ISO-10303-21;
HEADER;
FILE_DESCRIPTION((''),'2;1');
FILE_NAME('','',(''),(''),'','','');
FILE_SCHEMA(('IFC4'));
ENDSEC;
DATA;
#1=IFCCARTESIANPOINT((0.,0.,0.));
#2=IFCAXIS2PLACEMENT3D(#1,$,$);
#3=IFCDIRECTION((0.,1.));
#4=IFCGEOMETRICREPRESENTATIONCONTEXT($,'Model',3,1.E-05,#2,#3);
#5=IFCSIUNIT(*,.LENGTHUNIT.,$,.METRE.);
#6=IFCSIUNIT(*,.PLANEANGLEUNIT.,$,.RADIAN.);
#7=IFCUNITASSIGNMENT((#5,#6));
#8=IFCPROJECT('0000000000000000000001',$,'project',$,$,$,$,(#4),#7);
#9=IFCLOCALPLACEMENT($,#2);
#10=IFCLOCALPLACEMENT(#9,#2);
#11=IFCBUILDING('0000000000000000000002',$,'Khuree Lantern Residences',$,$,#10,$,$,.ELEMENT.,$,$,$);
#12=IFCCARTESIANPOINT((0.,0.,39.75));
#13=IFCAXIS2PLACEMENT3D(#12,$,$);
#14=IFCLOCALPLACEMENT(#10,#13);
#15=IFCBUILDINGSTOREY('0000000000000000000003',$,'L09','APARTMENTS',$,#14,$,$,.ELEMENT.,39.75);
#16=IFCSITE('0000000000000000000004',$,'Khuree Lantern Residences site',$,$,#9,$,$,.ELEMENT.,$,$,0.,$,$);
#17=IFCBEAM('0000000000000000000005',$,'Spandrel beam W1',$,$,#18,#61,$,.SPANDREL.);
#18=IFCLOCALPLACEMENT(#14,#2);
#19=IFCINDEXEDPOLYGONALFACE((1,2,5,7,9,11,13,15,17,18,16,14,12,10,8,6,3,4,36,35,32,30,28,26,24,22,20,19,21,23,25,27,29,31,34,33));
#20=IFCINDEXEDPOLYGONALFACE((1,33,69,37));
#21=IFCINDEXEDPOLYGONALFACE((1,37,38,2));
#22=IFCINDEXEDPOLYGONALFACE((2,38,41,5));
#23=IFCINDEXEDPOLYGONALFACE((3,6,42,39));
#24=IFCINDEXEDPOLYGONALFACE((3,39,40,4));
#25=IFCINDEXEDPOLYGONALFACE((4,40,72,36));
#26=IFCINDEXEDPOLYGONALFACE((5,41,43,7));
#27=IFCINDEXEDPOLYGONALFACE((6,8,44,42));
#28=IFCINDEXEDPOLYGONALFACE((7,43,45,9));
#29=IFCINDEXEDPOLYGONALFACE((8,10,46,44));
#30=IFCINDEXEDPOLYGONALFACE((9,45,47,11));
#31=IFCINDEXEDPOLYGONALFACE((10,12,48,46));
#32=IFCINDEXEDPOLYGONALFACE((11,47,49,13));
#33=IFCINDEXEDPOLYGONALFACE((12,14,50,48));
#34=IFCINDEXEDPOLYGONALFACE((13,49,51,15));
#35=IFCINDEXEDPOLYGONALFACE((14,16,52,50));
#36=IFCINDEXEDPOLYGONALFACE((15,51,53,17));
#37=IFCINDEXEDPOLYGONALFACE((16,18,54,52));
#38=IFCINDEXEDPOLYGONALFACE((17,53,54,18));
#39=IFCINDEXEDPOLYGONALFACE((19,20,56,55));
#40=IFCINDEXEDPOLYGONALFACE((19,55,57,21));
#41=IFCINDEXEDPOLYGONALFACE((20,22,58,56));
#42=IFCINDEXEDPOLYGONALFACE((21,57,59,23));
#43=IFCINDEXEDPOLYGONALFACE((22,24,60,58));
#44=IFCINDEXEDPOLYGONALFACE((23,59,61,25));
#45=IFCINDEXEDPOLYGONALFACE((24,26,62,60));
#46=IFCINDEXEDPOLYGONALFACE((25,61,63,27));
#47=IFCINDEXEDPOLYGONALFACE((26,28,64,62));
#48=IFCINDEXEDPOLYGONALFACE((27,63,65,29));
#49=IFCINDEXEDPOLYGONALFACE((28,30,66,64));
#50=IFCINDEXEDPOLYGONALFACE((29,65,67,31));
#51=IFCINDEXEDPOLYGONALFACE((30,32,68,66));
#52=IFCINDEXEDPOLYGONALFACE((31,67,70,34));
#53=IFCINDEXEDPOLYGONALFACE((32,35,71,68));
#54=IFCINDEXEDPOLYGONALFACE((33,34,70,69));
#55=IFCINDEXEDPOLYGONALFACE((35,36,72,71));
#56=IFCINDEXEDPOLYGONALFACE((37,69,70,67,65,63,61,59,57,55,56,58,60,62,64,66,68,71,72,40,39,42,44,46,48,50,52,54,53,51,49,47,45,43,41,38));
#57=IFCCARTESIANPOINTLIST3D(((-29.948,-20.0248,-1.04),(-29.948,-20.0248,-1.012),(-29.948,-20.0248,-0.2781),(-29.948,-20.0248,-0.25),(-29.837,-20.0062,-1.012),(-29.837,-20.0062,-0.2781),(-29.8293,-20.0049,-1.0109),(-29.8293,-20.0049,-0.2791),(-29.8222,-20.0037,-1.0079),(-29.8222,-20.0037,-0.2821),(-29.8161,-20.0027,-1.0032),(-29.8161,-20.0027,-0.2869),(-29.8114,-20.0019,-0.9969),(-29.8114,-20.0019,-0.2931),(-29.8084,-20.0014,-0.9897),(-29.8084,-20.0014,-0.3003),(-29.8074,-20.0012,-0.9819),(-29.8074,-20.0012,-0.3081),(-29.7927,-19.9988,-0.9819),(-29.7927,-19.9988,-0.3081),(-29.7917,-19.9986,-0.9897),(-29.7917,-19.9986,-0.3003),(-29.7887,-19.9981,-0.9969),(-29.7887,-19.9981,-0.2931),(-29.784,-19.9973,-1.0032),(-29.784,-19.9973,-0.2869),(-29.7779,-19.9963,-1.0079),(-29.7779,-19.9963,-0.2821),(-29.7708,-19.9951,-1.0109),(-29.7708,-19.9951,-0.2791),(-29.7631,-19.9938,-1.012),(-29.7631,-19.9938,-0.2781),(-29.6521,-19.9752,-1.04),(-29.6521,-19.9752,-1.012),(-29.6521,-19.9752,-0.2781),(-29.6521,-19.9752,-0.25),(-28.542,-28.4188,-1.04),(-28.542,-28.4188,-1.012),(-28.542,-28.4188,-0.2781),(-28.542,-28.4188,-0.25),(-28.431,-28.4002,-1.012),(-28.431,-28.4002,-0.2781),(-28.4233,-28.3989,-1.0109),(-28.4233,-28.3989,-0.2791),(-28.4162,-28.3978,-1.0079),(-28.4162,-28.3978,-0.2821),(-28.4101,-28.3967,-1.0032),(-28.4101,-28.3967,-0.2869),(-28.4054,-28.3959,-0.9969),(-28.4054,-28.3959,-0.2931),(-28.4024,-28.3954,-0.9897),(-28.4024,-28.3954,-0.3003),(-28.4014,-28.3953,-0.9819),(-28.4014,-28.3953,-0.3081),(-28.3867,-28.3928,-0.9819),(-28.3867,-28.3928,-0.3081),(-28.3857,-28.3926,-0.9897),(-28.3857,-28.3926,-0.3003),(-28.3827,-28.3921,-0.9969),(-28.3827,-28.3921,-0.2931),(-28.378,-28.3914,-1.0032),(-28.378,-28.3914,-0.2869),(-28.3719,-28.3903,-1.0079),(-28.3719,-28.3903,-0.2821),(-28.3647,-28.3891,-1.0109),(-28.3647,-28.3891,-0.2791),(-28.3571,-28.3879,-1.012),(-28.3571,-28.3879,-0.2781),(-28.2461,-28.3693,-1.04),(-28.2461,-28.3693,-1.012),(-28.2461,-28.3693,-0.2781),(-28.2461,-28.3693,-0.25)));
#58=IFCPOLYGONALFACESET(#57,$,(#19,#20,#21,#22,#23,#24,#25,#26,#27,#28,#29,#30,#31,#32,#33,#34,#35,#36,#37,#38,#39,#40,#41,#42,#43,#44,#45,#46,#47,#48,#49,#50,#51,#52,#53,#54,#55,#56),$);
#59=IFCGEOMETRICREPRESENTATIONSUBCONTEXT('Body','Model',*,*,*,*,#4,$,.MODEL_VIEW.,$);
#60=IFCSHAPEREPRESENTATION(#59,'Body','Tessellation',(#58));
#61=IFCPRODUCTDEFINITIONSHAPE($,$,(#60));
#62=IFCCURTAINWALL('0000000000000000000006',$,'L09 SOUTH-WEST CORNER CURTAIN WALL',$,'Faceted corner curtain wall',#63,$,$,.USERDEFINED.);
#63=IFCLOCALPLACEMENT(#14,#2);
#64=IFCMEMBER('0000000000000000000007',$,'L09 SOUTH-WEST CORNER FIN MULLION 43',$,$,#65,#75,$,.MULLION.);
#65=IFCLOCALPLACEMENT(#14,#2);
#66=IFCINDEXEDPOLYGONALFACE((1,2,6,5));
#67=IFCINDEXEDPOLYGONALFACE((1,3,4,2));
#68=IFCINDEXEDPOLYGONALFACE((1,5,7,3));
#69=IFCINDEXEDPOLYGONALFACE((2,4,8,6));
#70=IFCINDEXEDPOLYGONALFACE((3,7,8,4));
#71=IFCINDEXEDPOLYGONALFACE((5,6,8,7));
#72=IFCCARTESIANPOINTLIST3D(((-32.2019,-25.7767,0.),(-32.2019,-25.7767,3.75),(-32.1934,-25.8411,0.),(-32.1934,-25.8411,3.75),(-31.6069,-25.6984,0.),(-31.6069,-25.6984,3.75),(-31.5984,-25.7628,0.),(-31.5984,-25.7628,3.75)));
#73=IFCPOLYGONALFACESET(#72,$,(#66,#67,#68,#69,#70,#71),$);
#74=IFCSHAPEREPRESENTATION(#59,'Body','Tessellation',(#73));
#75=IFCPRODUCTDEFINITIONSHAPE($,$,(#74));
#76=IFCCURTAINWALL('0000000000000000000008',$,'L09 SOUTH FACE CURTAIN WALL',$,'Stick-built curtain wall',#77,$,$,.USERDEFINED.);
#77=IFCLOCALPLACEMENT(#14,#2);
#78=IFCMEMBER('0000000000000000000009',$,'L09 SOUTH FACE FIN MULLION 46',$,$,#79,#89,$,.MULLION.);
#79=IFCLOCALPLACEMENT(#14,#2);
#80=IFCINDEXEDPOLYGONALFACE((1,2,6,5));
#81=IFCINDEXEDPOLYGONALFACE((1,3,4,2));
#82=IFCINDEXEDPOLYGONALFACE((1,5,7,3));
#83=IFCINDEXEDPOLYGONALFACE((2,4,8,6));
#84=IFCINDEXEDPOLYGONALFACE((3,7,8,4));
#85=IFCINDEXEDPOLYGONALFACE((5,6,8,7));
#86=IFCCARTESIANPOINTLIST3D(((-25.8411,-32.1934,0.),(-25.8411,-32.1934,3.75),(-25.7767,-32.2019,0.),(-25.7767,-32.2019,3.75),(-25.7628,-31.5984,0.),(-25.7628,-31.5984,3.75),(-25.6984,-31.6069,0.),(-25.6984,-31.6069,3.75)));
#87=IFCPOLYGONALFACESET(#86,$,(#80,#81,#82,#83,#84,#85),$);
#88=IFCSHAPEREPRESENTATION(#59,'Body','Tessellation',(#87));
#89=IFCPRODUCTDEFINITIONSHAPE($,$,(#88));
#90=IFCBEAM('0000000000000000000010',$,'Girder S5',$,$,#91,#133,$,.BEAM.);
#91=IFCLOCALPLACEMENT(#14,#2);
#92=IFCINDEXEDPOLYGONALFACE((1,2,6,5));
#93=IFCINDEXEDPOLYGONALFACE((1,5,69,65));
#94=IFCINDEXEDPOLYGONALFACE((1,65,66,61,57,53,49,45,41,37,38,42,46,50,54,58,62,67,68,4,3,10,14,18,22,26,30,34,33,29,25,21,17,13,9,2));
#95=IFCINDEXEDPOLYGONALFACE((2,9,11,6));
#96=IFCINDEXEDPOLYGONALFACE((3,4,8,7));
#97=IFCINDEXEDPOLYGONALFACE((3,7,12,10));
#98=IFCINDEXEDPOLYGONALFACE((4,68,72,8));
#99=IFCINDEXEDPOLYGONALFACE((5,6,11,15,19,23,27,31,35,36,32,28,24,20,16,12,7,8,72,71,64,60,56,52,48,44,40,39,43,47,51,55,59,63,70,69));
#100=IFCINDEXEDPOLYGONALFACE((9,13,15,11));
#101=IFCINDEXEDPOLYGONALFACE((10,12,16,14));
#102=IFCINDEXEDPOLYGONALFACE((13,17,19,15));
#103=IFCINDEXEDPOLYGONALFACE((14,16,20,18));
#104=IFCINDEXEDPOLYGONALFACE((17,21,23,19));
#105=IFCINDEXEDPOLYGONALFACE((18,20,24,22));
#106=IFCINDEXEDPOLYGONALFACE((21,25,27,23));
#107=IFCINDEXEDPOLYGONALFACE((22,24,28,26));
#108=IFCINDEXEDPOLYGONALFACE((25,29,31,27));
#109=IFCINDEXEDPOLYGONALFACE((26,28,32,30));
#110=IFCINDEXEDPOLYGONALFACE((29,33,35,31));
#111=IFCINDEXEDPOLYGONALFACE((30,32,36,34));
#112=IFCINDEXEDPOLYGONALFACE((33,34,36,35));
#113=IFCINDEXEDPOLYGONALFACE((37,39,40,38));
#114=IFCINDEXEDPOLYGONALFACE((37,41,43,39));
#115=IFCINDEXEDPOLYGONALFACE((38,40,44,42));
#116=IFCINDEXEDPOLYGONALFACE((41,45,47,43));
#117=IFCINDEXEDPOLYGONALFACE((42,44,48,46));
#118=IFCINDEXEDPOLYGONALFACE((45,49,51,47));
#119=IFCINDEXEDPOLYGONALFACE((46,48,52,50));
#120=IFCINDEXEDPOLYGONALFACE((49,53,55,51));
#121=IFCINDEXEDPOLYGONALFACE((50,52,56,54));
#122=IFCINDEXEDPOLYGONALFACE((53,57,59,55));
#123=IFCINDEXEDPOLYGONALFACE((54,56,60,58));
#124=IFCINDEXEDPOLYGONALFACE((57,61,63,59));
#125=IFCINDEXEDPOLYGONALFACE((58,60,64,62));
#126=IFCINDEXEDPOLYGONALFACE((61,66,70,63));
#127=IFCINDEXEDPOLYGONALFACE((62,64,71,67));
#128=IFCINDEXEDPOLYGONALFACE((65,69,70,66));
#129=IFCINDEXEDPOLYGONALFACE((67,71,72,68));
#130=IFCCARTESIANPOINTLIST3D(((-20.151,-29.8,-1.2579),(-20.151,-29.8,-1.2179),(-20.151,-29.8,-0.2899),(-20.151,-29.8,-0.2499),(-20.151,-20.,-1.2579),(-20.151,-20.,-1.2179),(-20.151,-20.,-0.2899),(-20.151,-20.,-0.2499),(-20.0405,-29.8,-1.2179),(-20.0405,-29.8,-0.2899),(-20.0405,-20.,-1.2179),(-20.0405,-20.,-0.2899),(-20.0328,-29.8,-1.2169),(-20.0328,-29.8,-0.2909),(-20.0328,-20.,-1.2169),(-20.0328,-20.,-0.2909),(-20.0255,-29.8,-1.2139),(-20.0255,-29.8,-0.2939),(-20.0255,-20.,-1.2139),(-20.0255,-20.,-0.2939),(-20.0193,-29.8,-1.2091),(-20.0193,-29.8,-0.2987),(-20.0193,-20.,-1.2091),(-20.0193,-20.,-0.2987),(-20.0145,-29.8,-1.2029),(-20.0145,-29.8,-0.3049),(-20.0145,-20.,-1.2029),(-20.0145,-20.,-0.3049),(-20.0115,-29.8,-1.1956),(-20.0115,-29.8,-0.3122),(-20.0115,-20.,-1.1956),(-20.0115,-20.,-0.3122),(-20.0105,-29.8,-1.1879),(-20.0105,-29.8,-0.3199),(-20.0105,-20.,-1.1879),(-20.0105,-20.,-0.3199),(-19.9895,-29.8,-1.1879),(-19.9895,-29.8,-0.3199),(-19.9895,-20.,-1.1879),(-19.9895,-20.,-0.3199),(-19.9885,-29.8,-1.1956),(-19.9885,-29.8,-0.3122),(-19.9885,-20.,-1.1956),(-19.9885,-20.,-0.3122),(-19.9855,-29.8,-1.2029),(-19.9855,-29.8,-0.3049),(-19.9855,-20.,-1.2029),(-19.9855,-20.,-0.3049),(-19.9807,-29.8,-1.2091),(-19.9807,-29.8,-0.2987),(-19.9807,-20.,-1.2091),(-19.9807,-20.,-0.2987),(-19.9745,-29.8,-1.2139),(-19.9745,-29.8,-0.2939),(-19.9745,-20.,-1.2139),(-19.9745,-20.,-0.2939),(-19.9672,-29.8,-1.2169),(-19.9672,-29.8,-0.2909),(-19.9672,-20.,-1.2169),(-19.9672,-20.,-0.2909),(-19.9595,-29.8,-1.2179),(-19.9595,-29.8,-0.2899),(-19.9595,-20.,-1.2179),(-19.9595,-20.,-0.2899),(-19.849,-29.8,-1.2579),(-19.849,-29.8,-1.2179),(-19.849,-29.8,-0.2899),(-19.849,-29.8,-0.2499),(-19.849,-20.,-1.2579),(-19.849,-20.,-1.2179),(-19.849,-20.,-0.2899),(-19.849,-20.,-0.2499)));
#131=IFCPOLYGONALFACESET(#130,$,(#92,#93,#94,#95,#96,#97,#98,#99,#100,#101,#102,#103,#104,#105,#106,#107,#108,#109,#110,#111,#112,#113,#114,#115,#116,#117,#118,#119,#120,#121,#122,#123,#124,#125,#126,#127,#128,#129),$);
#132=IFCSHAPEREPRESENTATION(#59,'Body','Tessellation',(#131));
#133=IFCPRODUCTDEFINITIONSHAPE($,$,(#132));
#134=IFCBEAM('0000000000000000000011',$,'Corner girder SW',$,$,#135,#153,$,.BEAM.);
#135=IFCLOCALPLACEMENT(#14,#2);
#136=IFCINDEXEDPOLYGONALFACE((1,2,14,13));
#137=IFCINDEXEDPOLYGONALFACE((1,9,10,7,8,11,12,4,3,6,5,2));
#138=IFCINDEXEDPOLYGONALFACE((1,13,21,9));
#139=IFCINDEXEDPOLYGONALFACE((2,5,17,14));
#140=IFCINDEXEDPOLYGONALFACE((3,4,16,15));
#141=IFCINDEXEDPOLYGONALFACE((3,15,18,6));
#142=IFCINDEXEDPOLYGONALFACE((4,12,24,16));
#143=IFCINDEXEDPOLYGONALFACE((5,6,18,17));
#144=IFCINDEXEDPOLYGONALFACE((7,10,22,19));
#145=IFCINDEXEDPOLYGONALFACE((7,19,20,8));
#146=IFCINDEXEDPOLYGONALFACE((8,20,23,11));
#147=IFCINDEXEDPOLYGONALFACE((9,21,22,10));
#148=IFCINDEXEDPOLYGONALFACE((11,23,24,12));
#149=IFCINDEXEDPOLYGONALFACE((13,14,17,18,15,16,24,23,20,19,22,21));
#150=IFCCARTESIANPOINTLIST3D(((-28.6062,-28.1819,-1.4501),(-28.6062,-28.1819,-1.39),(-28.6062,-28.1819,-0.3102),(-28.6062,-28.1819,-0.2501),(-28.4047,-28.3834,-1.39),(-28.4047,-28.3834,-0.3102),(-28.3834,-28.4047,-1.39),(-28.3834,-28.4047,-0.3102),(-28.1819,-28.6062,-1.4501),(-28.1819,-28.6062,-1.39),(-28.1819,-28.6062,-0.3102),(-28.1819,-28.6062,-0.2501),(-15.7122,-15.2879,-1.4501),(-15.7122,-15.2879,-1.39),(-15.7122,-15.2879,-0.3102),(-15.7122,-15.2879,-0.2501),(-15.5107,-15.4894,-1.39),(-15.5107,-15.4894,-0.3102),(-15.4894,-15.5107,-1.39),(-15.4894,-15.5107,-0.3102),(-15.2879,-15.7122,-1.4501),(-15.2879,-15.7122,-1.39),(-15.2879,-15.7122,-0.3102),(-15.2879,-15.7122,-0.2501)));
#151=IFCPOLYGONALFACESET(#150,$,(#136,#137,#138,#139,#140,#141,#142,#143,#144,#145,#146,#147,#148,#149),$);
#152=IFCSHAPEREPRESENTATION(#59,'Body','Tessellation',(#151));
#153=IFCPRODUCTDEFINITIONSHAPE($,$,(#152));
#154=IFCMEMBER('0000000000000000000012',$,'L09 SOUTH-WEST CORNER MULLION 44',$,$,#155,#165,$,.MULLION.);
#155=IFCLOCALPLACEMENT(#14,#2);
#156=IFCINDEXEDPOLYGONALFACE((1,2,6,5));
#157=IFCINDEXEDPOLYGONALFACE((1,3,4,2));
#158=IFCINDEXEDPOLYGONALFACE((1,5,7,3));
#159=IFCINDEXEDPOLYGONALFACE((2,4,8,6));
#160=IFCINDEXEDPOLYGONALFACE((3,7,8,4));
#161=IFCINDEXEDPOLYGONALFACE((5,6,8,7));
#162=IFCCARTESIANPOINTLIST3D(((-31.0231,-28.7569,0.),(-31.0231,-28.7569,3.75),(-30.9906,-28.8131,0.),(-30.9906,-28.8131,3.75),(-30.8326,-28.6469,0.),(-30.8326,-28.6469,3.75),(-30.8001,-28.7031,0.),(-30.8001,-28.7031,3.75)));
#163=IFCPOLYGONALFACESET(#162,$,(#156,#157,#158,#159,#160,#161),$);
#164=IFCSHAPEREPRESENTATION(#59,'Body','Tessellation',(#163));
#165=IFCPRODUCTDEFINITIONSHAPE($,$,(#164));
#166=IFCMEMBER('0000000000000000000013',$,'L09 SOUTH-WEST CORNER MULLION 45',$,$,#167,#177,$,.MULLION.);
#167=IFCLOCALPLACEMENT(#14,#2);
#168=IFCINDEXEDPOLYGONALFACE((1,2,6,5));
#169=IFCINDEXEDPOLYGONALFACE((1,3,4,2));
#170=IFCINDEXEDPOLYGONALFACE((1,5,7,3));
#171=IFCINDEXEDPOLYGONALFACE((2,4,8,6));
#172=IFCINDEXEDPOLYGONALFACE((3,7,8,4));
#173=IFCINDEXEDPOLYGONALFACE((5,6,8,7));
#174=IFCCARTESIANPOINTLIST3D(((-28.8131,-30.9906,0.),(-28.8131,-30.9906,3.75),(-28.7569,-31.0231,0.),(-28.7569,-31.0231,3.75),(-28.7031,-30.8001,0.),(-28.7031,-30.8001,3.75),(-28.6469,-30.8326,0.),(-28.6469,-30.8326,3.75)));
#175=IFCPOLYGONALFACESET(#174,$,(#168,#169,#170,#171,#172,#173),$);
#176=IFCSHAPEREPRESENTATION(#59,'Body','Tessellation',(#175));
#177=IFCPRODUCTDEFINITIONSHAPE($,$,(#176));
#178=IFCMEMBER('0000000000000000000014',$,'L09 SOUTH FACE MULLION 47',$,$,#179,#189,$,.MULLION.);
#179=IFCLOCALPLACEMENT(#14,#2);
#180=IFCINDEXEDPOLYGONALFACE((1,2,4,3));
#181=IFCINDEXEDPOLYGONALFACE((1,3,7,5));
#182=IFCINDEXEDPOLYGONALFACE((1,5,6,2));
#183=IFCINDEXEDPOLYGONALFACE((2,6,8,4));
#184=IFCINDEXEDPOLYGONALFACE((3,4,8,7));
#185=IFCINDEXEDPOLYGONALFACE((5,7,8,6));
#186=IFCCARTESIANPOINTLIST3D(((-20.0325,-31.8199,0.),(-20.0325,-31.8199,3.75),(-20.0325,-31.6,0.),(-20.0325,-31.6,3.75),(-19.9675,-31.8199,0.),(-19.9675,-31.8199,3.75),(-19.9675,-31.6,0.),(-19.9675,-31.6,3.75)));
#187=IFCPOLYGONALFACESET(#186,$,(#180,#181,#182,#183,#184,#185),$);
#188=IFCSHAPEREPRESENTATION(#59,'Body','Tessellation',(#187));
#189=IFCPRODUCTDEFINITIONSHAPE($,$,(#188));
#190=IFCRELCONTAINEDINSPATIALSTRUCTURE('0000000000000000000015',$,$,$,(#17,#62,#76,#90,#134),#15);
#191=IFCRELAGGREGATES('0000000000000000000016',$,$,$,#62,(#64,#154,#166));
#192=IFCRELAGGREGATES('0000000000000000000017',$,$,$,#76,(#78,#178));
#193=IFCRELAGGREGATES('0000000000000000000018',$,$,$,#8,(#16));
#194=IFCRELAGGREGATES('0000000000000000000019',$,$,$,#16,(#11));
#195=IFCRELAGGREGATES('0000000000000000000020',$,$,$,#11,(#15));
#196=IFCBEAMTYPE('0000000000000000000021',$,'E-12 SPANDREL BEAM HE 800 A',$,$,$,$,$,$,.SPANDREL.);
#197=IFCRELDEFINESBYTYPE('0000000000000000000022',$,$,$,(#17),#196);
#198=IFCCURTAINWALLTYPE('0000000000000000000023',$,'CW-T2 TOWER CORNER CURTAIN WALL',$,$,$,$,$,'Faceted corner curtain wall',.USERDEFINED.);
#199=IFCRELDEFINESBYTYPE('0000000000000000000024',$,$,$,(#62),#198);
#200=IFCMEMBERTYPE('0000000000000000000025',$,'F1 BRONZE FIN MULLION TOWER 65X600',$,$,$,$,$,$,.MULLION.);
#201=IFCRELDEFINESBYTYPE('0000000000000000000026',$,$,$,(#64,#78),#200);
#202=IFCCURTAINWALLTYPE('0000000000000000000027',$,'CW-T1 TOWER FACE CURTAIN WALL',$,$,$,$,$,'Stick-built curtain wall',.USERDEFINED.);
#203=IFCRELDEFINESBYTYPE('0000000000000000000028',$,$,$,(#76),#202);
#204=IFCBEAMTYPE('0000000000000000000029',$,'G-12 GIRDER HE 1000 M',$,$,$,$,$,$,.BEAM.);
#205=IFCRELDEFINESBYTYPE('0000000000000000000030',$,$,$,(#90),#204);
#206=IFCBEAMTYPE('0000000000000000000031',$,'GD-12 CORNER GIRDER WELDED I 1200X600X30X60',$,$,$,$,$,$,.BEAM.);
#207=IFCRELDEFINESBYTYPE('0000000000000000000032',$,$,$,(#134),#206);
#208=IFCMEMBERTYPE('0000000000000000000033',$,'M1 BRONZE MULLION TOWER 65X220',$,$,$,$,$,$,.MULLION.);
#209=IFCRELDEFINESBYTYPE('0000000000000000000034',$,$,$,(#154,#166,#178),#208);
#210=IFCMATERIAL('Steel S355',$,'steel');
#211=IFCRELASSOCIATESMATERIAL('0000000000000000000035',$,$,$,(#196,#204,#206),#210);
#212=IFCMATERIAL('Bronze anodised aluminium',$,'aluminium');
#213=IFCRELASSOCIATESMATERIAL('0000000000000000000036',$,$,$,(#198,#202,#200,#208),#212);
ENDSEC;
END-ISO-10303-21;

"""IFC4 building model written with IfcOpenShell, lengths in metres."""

from ifc_helpers import new_model, si_unit, direction, frame, origin, origin_2d, place, context, subcontext, project, spatial, rectangle, i_section, extrude, material, material_profile, profile_set, type_object, element, aggregate, save


model = new_model("IFC4")

# Units and contexts
model_context = context("Model", 3, precision=1e-05, world=origin(), true_north=direction((0.0, 1.0)))
body_context = subcontext(model_context, "Body", "Model", "MODEL_VIEW")
ifc_project = project(units=[si_unit("LENGTHUNIT", "METRE"), si_unit("PLANEANGLEUNIT", "RADIAN")], contexts=[model_context])

# Site, building, storey
site_placement = place(None, origin())
site = spatial("IfcSite", under=ifc_project, at=site_placement, Name="Khuree Lantern Residences site", CompositionType="ELEMENT", RefElevation=0.0)
building_placement = place(site_placement, origin())
building = spatial("IfcBuilding", under=site, at=building_placement, Name="Khuree Lantern Residences", CompositionType="ELEMENT")
storey_placement = place(building_placement, frame((0.0, 0.0, 39.75)))
storey = spatial("IfcBuildingStorey", under=building, at=storey_placement, Name="L09", Description="APARTMENTS", CompositionType="ELEMENT", Elevation=39.75)

# Beam
ifc_material_1 = material(Name="Steel S355", Category="steel")
ifc_material_profile_1 = material_profile(ifc_material_1, i_section(OverallWidth=0.3, OverallDepth=0.79, WebThickness=0.0149, FlangeThickness=0.0281, FilletRadius=0.03, at=origin_2d()), Name="HE 800 A")
ifc_profile_set_1 = profile_set([ifc_material_profile_1], Name="Steel S355")
beam_type_1 = type_object("IfcBeamType", Name="E-12 SPANDREL BEAM HE 800 A", PredefinedType="SPANDREL", material=ifc_profile_set_1)
for number, where, z_axis, x_axis, name in (
    (1, (-28.394, -28.394, -0.645), (-0.165199, 0.98626, 0.0), (-0.98626, -0.165199, 0.0), "Spandrel beam W1"),
):
    element("IfcBeam", number, at=place(storey_placement, frame(where, z_axis=z_axis, x_axis=x_axis)), inside=storey, type_object=beam_type_1, Name=name, PredefinedType="SPANDREL", context=body_context, shape_type="SweptSolid", body=[
        extrude(i_section(OverallWidth=0.3, OverallDepth=0.79, WebThickness=0.0149, FlangeThickness=0.0281, FilletRadius=0.03, at=origin_2d()), origin(), (0.0, 0.0, 1.0), 8.511),
    ])

# Curtain walls, members
ifc_material_2 = material(Name="Bronze anodised aluminium", Category="aluminium")
curtain_wall_type_1 = type_object("IfcCurtainWallType", Name="CW-T2 TOWER CORNER CURTAIN WALL", ElementType="Faceted corner curtain wall", PredefinedType="USERDEFINED", material=ifc_material_2)
curtain_wall_1_placement = place(storey_placement, origin())
curtain_wall_1 = element("IfcCurtainWall", 2, at=curtain_wall_1_placement, inside=storey, type_object=curtain_wall_type_1, Name="L09 SOUTH-WEST CORNER CURTAIN WALL", ObjectType="Faceted corner curtain wall", PredefinedType="USERDEFINED")
ifc_material_profile_2 = material_profile(ifc_material_2, rectangle(XDim=0.0649, YDim=0.6001, at=origin_2d()), Name="F1 65X600")
ifc_profile_set_2 = profile_set([ifc_material_profile_2], Name="Bronze anodised aluminium")
member_type_1 = type_object("IfcMemberType", Name="F1 BRONZE FIN MULLION TOWER 65X600", PredefinedType="MULLION", material=ifc_profile_set_2)
member_1_placement = place(storey_placement, frame((-31.9001, -25.7698, 0.0), z_axis=(0.0, 0.0, 1.0), x_axis=(0.130526, -0.991445, 0.0)))
member_1 = element("IfcMember", 3, at=member_1_placement, type_object=member_type_1, Name="L09 SOUTH-WEST CORNER FIN MULLION 43", PredefinedType="MULLION", context=body_context, shape_type="SweptSolid", body=[
    extrude(rectangle(XDim=0.0649, YDim=0.6001, at=origin_2d()), origin(), (0.0, 0.0, 1.0), 3.75),
])
curtain_wall_type_2 = type_object("IfcCurtainWallType", Name="CW-T1 TOWER FACE CURTAIN WALL", ElementType="Stick-built curtain wall", PredefinedType="USERDEFINED", material=ifc_material_2)
curtain_wall_2_placement = place(storey_placement, origin())
curtain_wall_2 = element("IfcCurtainWall", 4, at=curtain_wall_2_placement, inside=storey, type_object=curtain_wall_type_2, Name="L09 SOUTH FACE CURTAIN WALL", ObjectType="Stick-built curtain wall", PredefinedType="USERDEFINED")
member_2_placement = place(storey_placement, frame((-25.7698, -31.9001, 0.0), z_axis=(0.0, 0.0, 1.0), x_axis=(0.991445, -0.130526, 0.0)))
member_2 = element("IfcMember", 5, at=member_2_placement, type_object=member_type_1, Name="L09 SOUTH FACE FIN MULLION 46", PredefinedType="MULLION", context=body_context, shape_type="SweptSolid", body=[
    extrude(rectangle(XDim=0.0649, YDim=0.6001, at=origin_2d()), origin(), (0.0, 0.0, 1.0), 3.75),
])

# Beams
ifc_material_profile_3 = material_profile(ifc_material_1, i_section(OverallWidth=0.302, OverallDepth=1.0081, WebThickness=0.021, FlangeThickness=0.04, FilletRadius=0.03, at=origin_2d()), Name="HE 1000 M")
ifc_profile_set_3 = profile_set([ifc_material_profile_3], Name="Steel S355")
beam_type_2 = type_object("IfcBeamType", Name="G-12 GIRDER HE 1000 M", PredefinedType="BEAM", material=ifc_profile_set_3)
beam_1_placement = place(storey_placement, frame((-20.0, -29.8, -0.7539), z_axis=(0.0, 1.0, 0.0), x_axis=(-1.0, 0.0, 0.0)))
element("IfcBeam", 6, at=beam_1_placement, inside=storey, type_object=beam_type_2, Name="Girder S5", PredefinedType="BEAM", context=body_context, shape_type="SweptSolid", body=[
    extrude(i_section(OverallWidth=0.302, OverallDepth=1.0081, WebThickness=0.021, FlangeThickness=0.04, FilletRadius=0.03, at=origin_2d()), origin(), (0.0, 0.0, 1.0), 9.8),
])
ifc_material_profile_4 = material_profile(ifc_material_1, i_section(OverallWidth=0.6001, OverallDepth=1.2, WebThickness=0.03, FlangeThickness=0.0601, at=origin_2d()), Name="WELDED I 1200X600X30X60")
ifc_profile_set_4 = profile_set([ifc_material_profile_4], Name="Steel S355")
beam_type_3 = type_object("IfcBeamType", Name="GD-12 CORNER GIRDER WELDED I 1200X600X30X60", PredefinedType="BEAM", material=ifc_profile_set_4)
beam_2_placement = place(storey_placement, frame((-28.394, -28.394, -0.8501), z_axis=(0.707107, 0.707107, 0.0), x_axis=(-0.707107, 0.707107, 0.0)))
element("IfcBeam", 7, at=beam_2_placement, inside=storey, type_object=beam_type_3, Name="Corner girder SW", PredefinedType="BEAM", context=body_context, shape_type="SweptSolid", body=[
    extrude(i_section(OverallWidth=0.6001, OverallDepth=1.2, WebThickness=0.03, FlangeThickness=0.0601, at=origin_2d()), origin(), (0.0, 0.0, 1.0), 18.2349),
])

# Members
ifc_material_profile_5 = material_profile(ifc_material_2, rectangle(XDim=0.0649, YDim=0.22, at=origin_2d()), Name="M1 65X220")
ifc_profile_set_5 = profile_set([ifc_material_profile_5], Name="Bronze anodised aluminium")
member_type_2 = type_object("IfcMemberType", Name="M1 BRONZE MULLION TOWER 65X220", PredefinedType="MULLION", material=ifc_profile_set_5)
member_3_placement = place(storey_placement, frame((-30.9116, -28.73, 0.0), z_axis=(0.0, 0.0, 1.0), x_axis=(0.5, -0.866025, 0.0)))
member_3 = element("IfcMember", 8, at=member_3_placement, type_object=member_type_2, Name="L09 SOUTH-WEST CORNER MULLION 44", PredefinedType="MULLION", context=body_context, shape_type="SweptSolid", body=[
    extrude(rectangle(XDim=0.0649, YDim=0.22, at=origin_2d()), origin(), (0.0, 0.0, 1.0), 3.75),
])
member_4_placement = place(storey_placement, frame((-28.73, -30.9116, 0.0), z_axis=(0.0, 0.0, 1.0), x_axis=(0.866025, -0.5, 0.0)))
member_4 = element("IfcMember", 9, at=member_4_placement, type_object=member_type_2, Name="L09 SOUTH-WEST CORNER MULLION 45", PredefinedType="MULLION", context=body_context, shape_type="SweptSolid", body=[
    extrude(rectangle(XDim=0.0649, YDim=0.22, at=origin_2d()), origin(), (0.0, 0.0, 1.0), 3.75),
])
member_5_placement = place(storey_placement, frame((-20.0, -31.71, 0.0), z_axis=(0.0, 0.0, 1.0), x_axis=(1.0, 0.0, 0.0)))
member_5 = element("IfcMember", 10, at=member_5_placement, type_object=member_type_2, Name="L09 SOUTH FACE MULLION 47", PredefinedType="MULLION", context=body_context, shape_type="SweptSolid", body=[
    extrude(rectangle(XDim=0.0649, YDim=0.22, at=origin_2d()), origin(), (0.0, 0.0, 1.0), 3.75),
])

aggregate(curtain_wall_1, [member_1, member_3, member_4])
aggregate(curtain_wall_2, [member_2, member_5])

save(model, "model.ifc")
